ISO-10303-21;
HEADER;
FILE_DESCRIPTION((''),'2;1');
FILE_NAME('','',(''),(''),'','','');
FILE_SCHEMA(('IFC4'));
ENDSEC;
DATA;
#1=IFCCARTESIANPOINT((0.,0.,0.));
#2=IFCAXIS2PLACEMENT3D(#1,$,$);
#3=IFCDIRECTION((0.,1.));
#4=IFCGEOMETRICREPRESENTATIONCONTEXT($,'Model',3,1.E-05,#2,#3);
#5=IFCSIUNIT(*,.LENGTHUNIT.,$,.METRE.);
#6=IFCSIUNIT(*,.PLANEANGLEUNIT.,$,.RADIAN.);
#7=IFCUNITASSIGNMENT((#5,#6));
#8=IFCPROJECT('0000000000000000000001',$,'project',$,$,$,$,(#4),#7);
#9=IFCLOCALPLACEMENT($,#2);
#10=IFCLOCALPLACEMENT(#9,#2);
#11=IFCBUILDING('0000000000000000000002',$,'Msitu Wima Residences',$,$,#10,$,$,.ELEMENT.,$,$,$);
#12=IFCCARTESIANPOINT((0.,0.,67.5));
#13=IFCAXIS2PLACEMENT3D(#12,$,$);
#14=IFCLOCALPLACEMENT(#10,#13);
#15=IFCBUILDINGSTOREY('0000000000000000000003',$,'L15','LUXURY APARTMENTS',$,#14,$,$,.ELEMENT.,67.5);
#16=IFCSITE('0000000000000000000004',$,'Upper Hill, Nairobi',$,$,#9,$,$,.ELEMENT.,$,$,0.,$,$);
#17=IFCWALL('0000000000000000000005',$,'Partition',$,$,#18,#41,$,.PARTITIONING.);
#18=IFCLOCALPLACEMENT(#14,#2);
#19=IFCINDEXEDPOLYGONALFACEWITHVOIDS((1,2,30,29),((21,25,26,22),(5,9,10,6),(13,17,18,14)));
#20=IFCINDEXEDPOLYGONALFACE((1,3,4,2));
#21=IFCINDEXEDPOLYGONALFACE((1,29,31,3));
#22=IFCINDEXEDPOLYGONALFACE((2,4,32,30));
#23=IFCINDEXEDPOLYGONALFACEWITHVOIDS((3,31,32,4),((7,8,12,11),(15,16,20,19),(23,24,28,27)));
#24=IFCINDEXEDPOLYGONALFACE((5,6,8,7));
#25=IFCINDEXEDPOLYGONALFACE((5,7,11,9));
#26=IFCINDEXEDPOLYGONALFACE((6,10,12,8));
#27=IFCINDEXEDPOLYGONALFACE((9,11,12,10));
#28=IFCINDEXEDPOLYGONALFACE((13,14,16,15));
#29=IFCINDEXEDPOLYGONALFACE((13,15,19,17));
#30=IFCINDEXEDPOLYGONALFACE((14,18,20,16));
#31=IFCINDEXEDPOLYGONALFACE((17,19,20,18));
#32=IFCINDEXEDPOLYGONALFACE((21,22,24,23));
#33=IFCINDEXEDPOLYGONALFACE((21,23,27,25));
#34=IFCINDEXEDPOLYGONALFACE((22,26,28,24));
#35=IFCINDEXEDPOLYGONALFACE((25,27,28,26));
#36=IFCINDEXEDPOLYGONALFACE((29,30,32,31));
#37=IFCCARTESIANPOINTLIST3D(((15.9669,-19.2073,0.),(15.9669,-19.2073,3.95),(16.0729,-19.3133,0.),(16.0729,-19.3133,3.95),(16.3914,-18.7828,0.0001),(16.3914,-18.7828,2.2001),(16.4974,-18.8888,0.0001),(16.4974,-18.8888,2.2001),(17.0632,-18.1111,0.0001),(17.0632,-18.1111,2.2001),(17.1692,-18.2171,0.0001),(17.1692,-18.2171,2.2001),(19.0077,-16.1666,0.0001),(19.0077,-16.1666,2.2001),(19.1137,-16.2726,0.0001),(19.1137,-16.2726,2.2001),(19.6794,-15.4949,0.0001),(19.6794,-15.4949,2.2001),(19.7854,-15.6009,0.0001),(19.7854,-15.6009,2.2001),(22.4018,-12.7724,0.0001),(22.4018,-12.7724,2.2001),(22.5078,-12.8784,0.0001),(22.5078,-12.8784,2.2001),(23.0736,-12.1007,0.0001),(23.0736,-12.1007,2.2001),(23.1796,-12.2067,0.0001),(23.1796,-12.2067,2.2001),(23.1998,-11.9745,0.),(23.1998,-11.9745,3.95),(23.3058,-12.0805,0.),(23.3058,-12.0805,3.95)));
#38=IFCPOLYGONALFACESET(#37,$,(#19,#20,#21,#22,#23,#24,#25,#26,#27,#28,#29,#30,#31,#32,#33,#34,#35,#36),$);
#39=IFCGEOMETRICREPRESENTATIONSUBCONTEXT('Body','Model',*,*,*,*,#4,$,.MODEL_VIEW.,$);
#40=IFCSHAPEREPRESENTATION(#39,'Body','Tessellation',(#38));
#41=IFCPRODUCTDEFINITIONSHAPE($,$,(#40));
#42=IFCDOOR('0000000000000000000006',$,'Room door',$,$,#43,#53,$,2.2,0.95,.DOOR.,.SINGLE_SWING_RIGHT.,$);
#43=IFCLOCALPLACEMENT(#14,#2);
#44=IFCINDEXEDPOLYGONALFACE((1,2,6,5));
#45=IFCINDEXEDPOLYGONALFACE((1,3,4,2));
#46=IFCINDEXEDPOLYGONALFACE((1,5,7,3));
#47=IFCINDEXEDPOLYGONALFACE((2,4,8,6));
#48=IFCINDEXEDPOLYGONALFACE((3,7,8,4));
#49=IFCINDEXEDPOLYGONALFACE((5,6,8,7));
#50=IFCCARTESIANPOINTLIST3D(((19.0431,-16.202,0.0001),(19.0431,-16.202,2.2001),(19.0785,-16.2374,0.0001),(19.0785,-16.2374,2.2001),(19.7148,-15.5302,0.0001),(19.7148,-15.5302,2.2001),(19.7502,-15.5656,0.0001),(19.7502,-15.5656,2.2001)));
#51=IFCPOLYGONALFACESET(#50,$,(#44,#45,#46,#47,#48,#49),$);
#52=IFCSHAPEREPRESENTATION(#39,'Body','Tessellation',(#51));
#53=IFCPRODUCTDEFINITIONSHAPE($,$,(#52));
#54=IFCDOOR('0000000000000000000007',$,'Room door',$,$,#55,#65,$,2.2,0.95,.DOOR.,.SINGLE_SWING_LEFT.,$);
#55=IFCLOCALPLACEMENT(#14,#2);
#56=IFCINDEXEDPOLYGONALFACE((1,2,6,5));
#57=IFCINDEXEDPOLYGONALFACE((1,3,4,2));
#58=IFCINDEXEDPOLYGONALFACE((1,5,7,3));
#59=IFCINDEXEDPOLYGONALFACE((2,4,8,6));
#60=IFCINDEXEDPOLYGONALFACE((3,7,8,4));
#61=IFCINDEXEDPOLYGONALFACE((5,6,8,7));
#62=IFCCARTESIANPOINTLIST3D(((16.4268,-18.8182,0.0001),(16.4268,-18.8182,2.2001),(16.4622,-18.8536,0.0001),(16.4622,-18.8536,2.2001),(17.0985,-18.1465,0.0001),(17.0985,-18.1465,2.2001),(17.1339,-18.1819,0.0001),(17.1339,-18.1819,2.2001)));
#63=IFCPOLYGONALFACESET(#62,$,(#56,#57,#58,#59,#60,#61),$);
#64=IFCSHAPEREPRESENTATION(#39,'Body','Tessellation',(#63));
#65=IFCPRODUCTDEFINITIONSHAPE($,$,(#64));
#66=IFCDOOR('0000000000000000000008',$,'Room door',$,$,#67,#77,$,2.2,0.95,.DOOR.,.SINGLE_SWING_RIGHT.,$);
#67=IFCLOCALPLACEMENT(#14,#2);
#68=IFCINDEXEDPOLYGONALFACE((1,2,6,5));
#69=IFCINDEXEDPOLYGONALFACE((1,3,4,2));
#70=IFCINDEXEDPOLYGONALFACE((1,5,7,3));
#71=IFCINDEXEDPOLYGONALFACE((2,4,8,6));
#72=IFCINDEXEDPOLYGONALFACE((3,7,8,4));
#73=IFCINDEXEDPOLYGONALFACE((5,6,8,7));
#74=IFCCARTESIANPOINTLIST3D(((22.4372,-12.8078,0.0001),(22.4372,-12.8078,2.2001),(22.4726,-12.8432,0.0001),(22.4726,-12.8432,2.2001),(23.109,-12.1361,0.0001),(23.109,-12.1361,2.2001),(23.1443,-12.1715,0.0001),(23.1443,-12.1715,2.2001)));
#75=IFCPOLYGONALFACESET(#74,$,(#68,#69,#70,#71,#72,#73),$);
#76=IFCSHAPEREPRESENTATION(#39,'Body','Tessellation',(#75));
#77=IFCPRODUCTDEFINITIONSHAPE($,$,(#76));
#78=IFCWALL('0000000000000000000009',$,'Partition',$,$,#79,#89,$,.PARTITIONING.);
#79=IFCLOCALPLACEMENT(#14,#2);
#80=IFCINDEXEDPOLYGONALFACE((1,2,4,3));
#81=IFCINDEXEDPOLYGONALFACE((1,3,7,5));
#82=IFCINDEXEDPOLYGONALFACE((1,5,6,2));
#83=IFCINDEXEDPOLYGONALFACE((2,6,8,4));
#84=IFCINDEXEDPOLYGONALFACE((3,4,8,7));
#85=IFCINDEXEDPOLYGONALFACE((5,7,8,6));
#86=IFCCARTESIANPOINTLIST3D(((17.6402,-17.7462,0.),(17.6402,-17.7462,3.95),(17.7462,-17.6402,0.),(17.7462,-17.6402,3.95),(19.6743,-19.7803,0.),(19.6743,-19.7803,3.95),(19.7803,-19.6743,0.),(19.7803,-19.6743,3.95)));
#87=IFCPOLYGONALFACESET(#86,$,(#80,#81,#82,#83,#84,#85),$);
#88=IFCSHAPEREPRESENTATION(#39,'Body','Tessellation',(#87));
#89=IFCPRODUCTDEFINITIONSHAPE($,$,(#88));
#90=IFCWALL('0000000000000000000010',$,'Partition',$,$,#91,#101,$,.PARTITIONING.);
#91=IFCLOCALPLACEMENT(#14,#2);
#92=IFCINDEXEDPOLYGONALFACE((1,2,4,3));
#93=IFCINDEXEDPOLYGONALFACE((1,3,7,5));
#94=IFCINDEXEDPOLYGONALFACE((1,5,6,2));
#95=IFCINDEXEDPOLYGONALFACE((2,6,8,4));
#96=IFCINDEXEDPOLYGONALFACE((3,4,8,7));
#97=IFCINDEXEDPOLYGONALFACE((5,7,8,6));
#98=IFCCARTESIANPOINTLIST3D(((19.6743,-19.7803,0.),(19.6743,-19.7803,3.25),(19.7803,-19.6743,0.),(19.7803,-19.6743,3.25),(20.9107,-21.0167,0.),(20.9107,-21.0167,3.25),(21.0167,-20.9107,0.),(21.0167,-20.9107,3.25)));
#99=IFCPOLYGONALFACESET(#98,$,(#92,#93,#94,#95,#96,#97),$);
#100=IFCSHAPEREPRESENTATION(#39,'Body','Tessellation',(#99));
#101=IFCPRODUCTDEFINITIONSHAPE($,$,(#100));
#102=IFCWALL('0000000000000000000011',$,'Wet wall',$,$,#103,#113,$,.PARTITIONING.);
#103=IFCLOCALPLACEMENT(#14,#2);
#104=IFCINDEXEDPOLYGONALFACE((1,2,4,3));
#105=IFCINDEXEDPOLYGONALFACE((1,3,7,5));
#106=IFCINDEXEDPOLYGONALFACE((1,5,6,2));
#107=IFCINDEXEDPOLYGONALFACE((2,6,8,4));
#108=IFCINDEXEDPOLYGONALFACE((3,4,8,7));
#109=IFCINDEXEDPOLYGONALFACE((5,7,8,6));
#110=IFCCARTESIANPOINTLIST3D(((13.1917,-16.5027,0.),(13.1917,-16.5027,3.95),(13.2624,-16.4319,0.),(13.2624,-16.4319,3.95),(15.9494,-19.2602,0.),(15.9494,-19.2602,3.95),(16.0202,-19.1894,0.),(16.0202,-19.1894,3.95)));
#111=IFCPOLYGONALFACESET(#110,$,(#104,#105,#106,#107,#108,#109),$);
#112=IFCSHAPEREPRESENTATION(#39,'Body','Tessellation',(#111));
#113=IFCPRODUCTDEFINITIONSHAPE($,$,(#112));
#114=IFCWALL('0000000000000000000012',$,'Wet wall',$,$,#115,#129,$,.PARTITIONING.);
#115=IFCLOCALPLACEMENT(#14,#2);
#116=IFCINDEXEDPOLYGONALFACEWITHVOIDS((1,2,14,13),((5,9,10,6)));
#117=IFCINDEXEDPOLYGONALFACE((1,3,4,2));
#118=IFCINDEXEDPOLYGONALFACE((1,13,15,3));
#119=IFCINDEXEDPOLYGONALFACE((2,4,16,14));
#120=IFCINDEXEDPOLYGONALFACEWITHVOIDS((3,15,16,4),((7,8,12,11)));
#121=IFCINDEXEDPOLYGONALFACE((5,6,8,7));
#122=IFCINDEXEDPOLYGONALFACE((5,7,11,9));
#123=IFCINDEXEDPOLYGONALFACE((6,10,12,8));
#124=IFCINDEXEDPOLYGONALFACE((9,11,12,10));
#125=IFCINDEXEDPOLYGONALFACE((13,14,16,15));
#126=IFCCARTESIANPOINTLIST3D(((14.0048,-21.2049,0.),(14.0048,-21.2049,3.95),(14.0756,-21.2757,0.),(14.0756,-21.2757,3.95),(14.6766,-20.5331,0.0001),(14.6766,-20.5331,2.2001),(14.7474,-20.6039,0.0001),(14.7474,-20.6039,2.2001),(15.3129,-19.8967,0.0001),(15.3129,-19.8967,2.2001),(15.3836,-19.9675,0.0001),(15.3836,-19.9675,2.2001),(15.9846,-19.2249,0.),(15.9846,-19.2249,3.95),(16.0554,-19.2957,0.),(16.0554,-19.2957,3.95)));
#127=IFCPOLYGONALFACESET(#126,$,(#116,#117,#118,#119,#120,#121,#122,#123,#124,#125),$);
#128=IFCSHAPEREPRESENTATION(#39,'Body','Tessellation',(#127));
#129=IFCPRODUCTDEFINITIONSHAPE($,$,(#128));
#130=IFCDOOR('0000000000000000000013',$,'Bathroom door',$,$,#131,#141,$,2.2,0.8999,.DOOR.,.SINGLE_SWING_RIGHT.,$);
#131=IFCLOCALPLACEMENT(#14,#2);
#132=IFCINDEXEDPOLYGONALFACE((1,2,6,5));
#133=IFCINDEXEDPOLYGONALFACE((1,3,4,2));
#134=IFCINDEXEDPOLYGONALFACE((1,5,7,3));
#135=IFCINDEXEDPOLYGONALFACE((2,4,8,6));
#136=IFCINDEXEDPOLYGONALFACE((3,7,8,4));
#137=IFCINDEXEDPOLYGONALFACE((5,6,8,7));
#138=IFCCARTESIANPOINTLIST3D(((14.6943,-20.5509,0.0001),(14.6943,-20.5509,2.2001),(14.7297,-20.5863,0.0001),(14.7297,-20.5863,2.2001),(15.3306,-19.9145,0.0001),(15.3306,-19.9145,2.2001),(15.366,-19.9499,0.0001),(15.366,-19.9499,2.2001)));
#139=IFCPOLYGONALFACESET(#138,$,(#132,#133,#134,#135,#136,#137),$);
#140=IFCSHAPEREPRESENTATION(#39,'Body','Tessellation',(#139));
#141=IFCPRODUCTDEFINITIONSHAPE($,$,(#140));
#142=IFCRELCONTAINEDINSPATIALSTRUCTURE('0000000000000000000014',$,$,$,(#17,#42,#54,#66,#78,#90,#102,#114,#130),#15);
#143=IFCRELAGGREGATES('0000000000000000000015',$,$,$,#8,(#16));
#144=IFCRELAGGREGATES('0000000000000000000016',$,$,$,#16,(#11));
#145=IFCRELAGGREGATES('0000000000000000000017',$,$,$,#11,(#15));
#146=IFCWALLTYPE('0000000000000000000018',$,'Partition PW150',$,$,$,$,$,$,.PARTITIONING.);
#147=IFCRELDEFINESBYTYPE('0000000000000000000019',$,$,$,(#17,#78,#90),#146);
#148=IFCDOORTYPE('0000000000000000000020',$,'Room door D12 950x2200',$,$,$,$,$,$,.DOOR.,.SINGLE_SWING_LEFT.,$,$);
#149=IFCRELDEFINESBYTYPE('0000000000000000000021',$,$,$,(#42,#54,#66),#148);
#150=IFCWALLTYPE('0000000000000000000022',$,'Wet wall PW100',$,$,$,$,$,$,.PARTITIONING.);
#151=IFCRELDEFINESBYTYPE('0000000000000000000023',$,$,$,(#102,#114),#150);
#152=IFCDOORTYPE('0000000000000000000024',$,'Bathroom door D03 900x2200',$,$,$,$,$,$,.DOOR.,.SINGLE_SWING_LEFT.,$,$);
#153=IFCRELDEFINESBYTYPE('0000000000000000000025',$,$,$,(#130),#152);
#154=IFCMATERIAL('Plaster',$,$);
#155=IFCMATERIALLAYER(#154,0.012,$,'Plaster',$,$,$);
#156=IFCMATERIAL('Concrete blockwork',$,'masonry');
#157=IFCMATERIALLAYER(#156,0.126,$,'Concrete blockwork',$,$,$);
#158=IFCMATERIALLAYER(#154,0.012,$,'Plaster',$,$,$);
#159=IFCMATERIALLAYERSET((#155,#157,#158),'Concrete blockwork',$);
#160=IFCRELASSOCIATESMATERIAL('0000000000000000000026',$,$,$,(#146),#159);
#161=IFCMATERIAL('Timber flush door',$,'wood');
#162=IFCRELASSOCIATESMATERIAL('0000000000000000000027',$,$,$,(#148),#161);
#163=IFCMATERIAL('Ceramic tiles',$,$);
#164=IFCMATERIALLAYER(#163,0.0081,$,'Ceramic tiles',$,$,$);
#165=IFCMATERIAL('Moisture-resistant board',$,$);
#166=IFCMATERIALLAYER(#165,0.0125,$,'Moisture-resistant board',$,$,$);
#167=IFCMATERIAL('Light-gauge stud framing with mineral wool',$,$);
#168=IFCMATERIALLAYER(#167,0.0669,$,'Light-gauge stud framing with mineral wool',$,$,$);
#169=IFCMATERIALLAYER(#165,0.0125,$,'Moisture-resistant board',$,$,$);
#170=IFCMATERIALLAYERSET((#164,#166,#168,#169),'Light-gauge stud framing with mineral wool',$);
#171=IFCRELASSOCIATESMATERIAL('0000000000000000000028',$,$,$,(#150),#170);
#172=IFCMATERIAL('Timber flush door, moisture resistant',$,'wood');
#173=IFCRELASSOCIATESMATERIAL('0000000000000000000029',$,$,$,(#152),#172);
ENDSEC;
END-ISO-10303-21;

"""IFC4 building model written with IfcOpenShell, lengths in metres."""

from ifc_helpers import new_model, si_unit, direction, frame, frame_2d, origin, place, context, subcontext, project, spatial, rectangle, extrude, material, layer, layer_set, type_object, element, fill, save


model = new_model("IFC4")

# Units and contexts
model_context = context("Model", 3, precision=1e-05, world=origin(), true_north=direction((0.0, 1.0)))
body_context = subcontext(model_context, "Body", "Model", "MODEL_VIEW")
ifc_project = project(units=[si_unit("LENGTHUNIT", "METRE"), si_unit("PLANEANGLEUNIT", "RADIAN")], contexts=[model_context])

# Site, building, storey
site_placement = place(None, origin())
site = spatial("IfcSite", under=ifc_project, at=site_placement, Name="Upper Hill, Nairobi", CompositionType="ELEMENT", RefElevation=0.0)
building_placement = place(site_placement, origin())
building = spatial("IfcBuilding", under=site, at=building_placement, Name="Msitu Wima Residences", CompositionType="ELEMENT")
storey_placement = place(building_placement, frame((0.0, 0.0, 67.5)))
storey = spatial("IfcBuildingStorey", under=building, at=storey_placement, Name="L15", Description="LUXURY APARTMENTS", CompositionType="ELEMENT", Elevation=67.5)

# Shared definitions
ifc_material_1 = material(Name="Plaster")
ifc_material_2 = material(Name="Concrete blockwork", Category="masonry")

# Shared definitions
ifc_layer_1 = layer(ifc_material_1, 0.012, Name="Plaster")
ifc_layer_2 = layer(ifc_material_2, 0.126, Name="Concrete blockwork")
ifc_layer_3 = layer(ifc_material_1, 0.012, Name="Plaster")
ifc_layer_set_1 = layer_set([ifc_layer_1, ifc_layer_2, ifc_layer_3], Name="Concrete blockwork")
wall_type_1 = type_object("IfcWallType", Name="Partition PW150", PredefinedType="PARTITIONING", material=ifc_layer_set_1)

# Wall, openings, doors
wall_1_placement = place(storey_placement, frame((16.02, -19.2603, 0.0), z_axis=(0.0, 0.0, 1.0), x_axis=(0.707107, 0.707107, 0.0)))
wall_1 = element("IfcWall", 1, at=wall_1_placement, inside=storey, type_object=wall_type_1, Name="Partition", PredefinedType="PARTITIONING", context=body_context, shape_type="SweptSolid", body=[
    extrude(rectangle(XDim=10.2288, YDim=0.1499, at=frame_2d((5.1143, 0.0))), origin(), (0.0, 0.0, 1.0), 3.95),
])
opening_1_placement = place(wall_1_placement, frame((4.3, 0.0, 0.0)))
opening_1 = element("IfcOpeningElement", 2, at=opening_1_placement, cuts=wall_1, PredefinedType="OPENING", context=body_context, shape_type="SweptSolid", body=[
    extrude(rectangle(XDim=0.95, YDim=2.2, at=frame_2d((0.4751, 1.1001))), frame((0.0, 0.085, 0.0), z_axis=(0.0, -1.0, 0.0), x_axis=(1.0, 0.0, 0.0)), (0.0, 0.0, 1.0), 0.1699),
])
opening_2_placement = place(wall_1_placement, frame((0.6001, 0.0, 0.0)))
opening_2 = element("IfcOpeningElement", 3, at=opening_2_placement, cuts=wall_1, PredefinedType="OPENING", context=body_context, shape_type="SweptSolid", body=[
    extrude(rectangle(XDim=0.95, YDim=2.2, at=frame_2d((0.4751, 1.1001))), frame((0.0, 0.085, 0.0), z_axis=(0.0, -1.0, 0.0), x_axis=(1.0, 0.0, 0.0)), (0.0, 0.0, 1.0), 0.1699),
])
opening_3_placement = place(wall_1_placement, frame((9.1001, 0.0, 0.0)))
opening_3 = element("IfcOpeningElement", 4, at=opening_3_placement, cuts=wall_1, PredefinedType="OPENING", context=body_context, shape_type="SweptSolid", body=[
    extrude(rectangle(XDim=0.95, YDim=2.2, at=frame_2d((0.4751, 1.1001))), frame((0.0, 0.085, 0.0), z_axis=(0.0, -1.0, 0.0), x_axis=(1.0, 0.0, 0.0)), (0.0, 0.0, 1.0), 0.1699),
])
ifc_material_3 = material(Name="Timber flush door", Category="wood")
door_type_1 = type_object("IfcDoorType", Name="Room door D12 950x2200", OperationType="SINGLE_SWING_LEFT", PredefinedType="DOOR", material=ifc_material_3)
door_1_placement = place(opening_1_placement, origin())
door_1 = element("IfcDoor", 5, at=door_1_placement, inside=storey, type_object=door_type_1, Name="Room door", OperationType="SINGLE_SWING_RIGHT", OverallHeight=2.2, OverallWidth=0.95, PredefinedType="DOOR", context=body_context, shape_type="SweptSolid", body=[
    extrude(rectangle(XDim=0.95, YDim=2.2, at=frame_2d((0.4751, 1.1001))), frame((0.0, 0.0249, 0.0), z_axis=(0.0, -1.0, 0.0), x_axis=(1.0, 0.0, 0.0)), (0.0, 0.0, 1.0), 0.05),
])
fill(opening_1, door_1)
door_2_placement = place(opening_2_placement, origin())
door_2 = element("IfcDoor", 6, at=door_2_placement, inside=storey, type_object=door_type_1, Name="Room door", OperationType="SINGLE_SWING_LEFT", OverallHeight=2.2, OverallWidth=0.95, PredefinedType="DOOR", context=body_context, shape_type="SweptSolid", body=[
    extrude(rectangle(XDim=0.95, YDim=2.2, at=frame_2d((0.4751, 1.1001))), frame((0.0, 0.0249, 0.0), z_axis=(0.0, -1.0, 0.0), x_axis=(1.0, 0.0, 0.0)), (0.0, 0.0, 1.0), 0.05),
])
fill(opening_2, door_2)
door_3_placement = place(opening_3_placement, origin())
door_3 = element("IfcDoor", 7, at=door_3_placement, inside=storey, type_object=door_type_1, Name="Room door", OperationType="SINGLE_SWING_RIGHT", OverallHeight=2.2, OverallWidth=0.95, PredefinedType="DOOR", context=body_context, shape_type="SweptSolid", body=[
    extrude(rectangle(XDim=0.95, YDim=2.2, at=frame_2d((0.4751, 1.1001))), frame((0.0, 0.0249, 0.0), z_axis=(0.0, -1.0, 0.0), x_axis=(1.0, 0.0, 0.0)), (0.0, 0.0, 1.0), 0.05),
])
fill(opening_3, door_3)

# Walls
wall_2_placement = place(storey_placement, frame((17.6931, -17.6931, 0.0), z_axis=(0.0, 0.0, 1.0), x_axis=(0.707107, -0.707107, 0.0)))
element("IfcWall", 8, at=wall_2_placement, inside=storey, type_object=wall_type_1, Name="Partition", PredefinedType="PARTITIONING", context=body_context, shape_type="SweptSolid", body=[
    extrude(rectangle(XDim=2.8767, YDim=0.1499, at=frame_2d((1.4385, 0.0))), origin(), (0.0, 0.0, 1.0), 3.95),
])
wall_3_placement = place(storey_placement, frame((19.7273, -19.7273, 0.0), z_axis=(0.0, 0.0, 1.0), x_axis=(0.707107, -0.707107, 0.0)))
element("IfcWall", 9, at=wall_3_placement, inside=storey, type_object=wall_type_1, Name="Partition", PredefinedType="PARTITIONING", context=body_context, shape_type="SweptSolid", body=[
    extrude(rectangle(XDim=1.7485, YDim=0.1499, at=frame_2d((0.8743, 0.0))), origin(), (0.0, 0.0, 1.0), 3.25),
])
ifc_material_4 = material(Name="Ceramic tiles")
ifc_layer_4 = layer(ifc_material_4, 0.0081, Name="Ceramic tiles")
ifc_material_5 = material(Name="Moisture-resistant board")
ifc_layer_5 = layer(ifc_material_5, 0.0125, Name="Moisture-resistant board")
ifc_material_6 = material(Name="Light-gauge stud framing with mineral wool")
ifc_layer_6 = layer(ifc_material_6, 0.0669, Name="Light-gauge stud framing with mineral wool")
ifc_layer_7 = layer(ifc_material_5, 0.0125, Name="Moisture-resistant board")
ifc_layer_set_2 = layer_set([ifc_layer_4, ifc_layer_5, ifc_layer_6, ifc_layer_7], Name="Light-gauge stud framing with mineral wool")
wall_type_2 = type_object("IfcWallType", Name="Wet wall PW100", PredefinedType="PARTITIONING", material=ifc_layer_set_2)
wall_4_placement = place(storey_placement, frame((13.2271, -16.4673, 0.0), z_axis=(0.0, 0.0, 1.0), x_axis=(0.707138, -0.707075, 0.0)))
element("IfcWall", 10, at=wall_4_placement, inside=storey, type_object=wall_type_2, Name="Wet wall", PredefinedType="PARTITIONING", context=body_context, shape_type="SweptSolid", body=[
    extrude(rectangle(XDim=3.8999, YDim=0.1001, at=frame_2d((1.95, 0.0))), origin(), (0.0, 0.0, 1.0), 3.95),
])

# Wall, opening, door
wall_5_placement = place(storey_placement, frame((14.0403, -21.2402, 0.0), z_axis=(0.0, 0.0, 1.0), x_axis=(0.707063, 0.70715, 0.0)))
wall_5 = element("IfcWall", 11, at=wall_5_placement, inside=storey, type_object=wall_type_2, Name="Wet wall", PredefinedType="PARTITIONING", context=body_context, shape_type="SweptSolid", body=[
    extrude(rectangle(XDim=2.8, YDim=0.1001, at=frame_2d((1.3999, 0.0))), origin(), (0.0, 0.0, 1.0), 3.95),
])
opening_4_placement = place(wall_5_placement, frame((0.95, 0.0, 0.0)))
opening_4 = element("IfcOpeningElement", 12, at=opening_4_placement, cuts=wall_5, PredefinedType="OPENING", context=body_context, shape_type="SweptSolid", body=[
    extrude(rectangle(XDim=0.8999, YDim=2.2, at=frame_2d((0.45, 1.1001))), frame((0.0, 0.0601, 0.0), z_axis=(0.0, -1.0, 0.0), x_axis=(1.0, 0.0, 0.0)), (0.0, 0.0, 1.0), 0.1201),
])
ifc_material_7 = material(Name="Timber flush door, moisture resistant", Category="wood")
door_type_2 = type_object("IfcDoorType", Name="Bathroom door D03 900x2200", OperationType="SINGLE_SWING_LEFT", PredefinedType="DOOR", material=ifc_material_7)
door_4_placement = place(opening_4_placement, origin())
door_4 = element("IfcDoor", 13, at=door_4_placement, inside=storey, type_object=door_type_2, Name="Bathroom door", OperationType="SINGLE_SWING_RIGHT", OverallHeight=2.2, OverallWidth=0.8999, PredefinedType="DOOR", context=body_context, shape_type="SweptSolid", body=[
    extrude(rectangle(XDim=0.8999, YDim=2.2, at=frame_2d((0.45, 1.1001))), frame((0.0, 0.0249, 0.0), z_axis=(0.0, -1.0, 0.0), x_axis=(1.0, 0.0, 0.0)), (0.0, 0.0, 1.0), 0.05),
])
fill(opening_4, door_4)

save(model, "model.ifc")
